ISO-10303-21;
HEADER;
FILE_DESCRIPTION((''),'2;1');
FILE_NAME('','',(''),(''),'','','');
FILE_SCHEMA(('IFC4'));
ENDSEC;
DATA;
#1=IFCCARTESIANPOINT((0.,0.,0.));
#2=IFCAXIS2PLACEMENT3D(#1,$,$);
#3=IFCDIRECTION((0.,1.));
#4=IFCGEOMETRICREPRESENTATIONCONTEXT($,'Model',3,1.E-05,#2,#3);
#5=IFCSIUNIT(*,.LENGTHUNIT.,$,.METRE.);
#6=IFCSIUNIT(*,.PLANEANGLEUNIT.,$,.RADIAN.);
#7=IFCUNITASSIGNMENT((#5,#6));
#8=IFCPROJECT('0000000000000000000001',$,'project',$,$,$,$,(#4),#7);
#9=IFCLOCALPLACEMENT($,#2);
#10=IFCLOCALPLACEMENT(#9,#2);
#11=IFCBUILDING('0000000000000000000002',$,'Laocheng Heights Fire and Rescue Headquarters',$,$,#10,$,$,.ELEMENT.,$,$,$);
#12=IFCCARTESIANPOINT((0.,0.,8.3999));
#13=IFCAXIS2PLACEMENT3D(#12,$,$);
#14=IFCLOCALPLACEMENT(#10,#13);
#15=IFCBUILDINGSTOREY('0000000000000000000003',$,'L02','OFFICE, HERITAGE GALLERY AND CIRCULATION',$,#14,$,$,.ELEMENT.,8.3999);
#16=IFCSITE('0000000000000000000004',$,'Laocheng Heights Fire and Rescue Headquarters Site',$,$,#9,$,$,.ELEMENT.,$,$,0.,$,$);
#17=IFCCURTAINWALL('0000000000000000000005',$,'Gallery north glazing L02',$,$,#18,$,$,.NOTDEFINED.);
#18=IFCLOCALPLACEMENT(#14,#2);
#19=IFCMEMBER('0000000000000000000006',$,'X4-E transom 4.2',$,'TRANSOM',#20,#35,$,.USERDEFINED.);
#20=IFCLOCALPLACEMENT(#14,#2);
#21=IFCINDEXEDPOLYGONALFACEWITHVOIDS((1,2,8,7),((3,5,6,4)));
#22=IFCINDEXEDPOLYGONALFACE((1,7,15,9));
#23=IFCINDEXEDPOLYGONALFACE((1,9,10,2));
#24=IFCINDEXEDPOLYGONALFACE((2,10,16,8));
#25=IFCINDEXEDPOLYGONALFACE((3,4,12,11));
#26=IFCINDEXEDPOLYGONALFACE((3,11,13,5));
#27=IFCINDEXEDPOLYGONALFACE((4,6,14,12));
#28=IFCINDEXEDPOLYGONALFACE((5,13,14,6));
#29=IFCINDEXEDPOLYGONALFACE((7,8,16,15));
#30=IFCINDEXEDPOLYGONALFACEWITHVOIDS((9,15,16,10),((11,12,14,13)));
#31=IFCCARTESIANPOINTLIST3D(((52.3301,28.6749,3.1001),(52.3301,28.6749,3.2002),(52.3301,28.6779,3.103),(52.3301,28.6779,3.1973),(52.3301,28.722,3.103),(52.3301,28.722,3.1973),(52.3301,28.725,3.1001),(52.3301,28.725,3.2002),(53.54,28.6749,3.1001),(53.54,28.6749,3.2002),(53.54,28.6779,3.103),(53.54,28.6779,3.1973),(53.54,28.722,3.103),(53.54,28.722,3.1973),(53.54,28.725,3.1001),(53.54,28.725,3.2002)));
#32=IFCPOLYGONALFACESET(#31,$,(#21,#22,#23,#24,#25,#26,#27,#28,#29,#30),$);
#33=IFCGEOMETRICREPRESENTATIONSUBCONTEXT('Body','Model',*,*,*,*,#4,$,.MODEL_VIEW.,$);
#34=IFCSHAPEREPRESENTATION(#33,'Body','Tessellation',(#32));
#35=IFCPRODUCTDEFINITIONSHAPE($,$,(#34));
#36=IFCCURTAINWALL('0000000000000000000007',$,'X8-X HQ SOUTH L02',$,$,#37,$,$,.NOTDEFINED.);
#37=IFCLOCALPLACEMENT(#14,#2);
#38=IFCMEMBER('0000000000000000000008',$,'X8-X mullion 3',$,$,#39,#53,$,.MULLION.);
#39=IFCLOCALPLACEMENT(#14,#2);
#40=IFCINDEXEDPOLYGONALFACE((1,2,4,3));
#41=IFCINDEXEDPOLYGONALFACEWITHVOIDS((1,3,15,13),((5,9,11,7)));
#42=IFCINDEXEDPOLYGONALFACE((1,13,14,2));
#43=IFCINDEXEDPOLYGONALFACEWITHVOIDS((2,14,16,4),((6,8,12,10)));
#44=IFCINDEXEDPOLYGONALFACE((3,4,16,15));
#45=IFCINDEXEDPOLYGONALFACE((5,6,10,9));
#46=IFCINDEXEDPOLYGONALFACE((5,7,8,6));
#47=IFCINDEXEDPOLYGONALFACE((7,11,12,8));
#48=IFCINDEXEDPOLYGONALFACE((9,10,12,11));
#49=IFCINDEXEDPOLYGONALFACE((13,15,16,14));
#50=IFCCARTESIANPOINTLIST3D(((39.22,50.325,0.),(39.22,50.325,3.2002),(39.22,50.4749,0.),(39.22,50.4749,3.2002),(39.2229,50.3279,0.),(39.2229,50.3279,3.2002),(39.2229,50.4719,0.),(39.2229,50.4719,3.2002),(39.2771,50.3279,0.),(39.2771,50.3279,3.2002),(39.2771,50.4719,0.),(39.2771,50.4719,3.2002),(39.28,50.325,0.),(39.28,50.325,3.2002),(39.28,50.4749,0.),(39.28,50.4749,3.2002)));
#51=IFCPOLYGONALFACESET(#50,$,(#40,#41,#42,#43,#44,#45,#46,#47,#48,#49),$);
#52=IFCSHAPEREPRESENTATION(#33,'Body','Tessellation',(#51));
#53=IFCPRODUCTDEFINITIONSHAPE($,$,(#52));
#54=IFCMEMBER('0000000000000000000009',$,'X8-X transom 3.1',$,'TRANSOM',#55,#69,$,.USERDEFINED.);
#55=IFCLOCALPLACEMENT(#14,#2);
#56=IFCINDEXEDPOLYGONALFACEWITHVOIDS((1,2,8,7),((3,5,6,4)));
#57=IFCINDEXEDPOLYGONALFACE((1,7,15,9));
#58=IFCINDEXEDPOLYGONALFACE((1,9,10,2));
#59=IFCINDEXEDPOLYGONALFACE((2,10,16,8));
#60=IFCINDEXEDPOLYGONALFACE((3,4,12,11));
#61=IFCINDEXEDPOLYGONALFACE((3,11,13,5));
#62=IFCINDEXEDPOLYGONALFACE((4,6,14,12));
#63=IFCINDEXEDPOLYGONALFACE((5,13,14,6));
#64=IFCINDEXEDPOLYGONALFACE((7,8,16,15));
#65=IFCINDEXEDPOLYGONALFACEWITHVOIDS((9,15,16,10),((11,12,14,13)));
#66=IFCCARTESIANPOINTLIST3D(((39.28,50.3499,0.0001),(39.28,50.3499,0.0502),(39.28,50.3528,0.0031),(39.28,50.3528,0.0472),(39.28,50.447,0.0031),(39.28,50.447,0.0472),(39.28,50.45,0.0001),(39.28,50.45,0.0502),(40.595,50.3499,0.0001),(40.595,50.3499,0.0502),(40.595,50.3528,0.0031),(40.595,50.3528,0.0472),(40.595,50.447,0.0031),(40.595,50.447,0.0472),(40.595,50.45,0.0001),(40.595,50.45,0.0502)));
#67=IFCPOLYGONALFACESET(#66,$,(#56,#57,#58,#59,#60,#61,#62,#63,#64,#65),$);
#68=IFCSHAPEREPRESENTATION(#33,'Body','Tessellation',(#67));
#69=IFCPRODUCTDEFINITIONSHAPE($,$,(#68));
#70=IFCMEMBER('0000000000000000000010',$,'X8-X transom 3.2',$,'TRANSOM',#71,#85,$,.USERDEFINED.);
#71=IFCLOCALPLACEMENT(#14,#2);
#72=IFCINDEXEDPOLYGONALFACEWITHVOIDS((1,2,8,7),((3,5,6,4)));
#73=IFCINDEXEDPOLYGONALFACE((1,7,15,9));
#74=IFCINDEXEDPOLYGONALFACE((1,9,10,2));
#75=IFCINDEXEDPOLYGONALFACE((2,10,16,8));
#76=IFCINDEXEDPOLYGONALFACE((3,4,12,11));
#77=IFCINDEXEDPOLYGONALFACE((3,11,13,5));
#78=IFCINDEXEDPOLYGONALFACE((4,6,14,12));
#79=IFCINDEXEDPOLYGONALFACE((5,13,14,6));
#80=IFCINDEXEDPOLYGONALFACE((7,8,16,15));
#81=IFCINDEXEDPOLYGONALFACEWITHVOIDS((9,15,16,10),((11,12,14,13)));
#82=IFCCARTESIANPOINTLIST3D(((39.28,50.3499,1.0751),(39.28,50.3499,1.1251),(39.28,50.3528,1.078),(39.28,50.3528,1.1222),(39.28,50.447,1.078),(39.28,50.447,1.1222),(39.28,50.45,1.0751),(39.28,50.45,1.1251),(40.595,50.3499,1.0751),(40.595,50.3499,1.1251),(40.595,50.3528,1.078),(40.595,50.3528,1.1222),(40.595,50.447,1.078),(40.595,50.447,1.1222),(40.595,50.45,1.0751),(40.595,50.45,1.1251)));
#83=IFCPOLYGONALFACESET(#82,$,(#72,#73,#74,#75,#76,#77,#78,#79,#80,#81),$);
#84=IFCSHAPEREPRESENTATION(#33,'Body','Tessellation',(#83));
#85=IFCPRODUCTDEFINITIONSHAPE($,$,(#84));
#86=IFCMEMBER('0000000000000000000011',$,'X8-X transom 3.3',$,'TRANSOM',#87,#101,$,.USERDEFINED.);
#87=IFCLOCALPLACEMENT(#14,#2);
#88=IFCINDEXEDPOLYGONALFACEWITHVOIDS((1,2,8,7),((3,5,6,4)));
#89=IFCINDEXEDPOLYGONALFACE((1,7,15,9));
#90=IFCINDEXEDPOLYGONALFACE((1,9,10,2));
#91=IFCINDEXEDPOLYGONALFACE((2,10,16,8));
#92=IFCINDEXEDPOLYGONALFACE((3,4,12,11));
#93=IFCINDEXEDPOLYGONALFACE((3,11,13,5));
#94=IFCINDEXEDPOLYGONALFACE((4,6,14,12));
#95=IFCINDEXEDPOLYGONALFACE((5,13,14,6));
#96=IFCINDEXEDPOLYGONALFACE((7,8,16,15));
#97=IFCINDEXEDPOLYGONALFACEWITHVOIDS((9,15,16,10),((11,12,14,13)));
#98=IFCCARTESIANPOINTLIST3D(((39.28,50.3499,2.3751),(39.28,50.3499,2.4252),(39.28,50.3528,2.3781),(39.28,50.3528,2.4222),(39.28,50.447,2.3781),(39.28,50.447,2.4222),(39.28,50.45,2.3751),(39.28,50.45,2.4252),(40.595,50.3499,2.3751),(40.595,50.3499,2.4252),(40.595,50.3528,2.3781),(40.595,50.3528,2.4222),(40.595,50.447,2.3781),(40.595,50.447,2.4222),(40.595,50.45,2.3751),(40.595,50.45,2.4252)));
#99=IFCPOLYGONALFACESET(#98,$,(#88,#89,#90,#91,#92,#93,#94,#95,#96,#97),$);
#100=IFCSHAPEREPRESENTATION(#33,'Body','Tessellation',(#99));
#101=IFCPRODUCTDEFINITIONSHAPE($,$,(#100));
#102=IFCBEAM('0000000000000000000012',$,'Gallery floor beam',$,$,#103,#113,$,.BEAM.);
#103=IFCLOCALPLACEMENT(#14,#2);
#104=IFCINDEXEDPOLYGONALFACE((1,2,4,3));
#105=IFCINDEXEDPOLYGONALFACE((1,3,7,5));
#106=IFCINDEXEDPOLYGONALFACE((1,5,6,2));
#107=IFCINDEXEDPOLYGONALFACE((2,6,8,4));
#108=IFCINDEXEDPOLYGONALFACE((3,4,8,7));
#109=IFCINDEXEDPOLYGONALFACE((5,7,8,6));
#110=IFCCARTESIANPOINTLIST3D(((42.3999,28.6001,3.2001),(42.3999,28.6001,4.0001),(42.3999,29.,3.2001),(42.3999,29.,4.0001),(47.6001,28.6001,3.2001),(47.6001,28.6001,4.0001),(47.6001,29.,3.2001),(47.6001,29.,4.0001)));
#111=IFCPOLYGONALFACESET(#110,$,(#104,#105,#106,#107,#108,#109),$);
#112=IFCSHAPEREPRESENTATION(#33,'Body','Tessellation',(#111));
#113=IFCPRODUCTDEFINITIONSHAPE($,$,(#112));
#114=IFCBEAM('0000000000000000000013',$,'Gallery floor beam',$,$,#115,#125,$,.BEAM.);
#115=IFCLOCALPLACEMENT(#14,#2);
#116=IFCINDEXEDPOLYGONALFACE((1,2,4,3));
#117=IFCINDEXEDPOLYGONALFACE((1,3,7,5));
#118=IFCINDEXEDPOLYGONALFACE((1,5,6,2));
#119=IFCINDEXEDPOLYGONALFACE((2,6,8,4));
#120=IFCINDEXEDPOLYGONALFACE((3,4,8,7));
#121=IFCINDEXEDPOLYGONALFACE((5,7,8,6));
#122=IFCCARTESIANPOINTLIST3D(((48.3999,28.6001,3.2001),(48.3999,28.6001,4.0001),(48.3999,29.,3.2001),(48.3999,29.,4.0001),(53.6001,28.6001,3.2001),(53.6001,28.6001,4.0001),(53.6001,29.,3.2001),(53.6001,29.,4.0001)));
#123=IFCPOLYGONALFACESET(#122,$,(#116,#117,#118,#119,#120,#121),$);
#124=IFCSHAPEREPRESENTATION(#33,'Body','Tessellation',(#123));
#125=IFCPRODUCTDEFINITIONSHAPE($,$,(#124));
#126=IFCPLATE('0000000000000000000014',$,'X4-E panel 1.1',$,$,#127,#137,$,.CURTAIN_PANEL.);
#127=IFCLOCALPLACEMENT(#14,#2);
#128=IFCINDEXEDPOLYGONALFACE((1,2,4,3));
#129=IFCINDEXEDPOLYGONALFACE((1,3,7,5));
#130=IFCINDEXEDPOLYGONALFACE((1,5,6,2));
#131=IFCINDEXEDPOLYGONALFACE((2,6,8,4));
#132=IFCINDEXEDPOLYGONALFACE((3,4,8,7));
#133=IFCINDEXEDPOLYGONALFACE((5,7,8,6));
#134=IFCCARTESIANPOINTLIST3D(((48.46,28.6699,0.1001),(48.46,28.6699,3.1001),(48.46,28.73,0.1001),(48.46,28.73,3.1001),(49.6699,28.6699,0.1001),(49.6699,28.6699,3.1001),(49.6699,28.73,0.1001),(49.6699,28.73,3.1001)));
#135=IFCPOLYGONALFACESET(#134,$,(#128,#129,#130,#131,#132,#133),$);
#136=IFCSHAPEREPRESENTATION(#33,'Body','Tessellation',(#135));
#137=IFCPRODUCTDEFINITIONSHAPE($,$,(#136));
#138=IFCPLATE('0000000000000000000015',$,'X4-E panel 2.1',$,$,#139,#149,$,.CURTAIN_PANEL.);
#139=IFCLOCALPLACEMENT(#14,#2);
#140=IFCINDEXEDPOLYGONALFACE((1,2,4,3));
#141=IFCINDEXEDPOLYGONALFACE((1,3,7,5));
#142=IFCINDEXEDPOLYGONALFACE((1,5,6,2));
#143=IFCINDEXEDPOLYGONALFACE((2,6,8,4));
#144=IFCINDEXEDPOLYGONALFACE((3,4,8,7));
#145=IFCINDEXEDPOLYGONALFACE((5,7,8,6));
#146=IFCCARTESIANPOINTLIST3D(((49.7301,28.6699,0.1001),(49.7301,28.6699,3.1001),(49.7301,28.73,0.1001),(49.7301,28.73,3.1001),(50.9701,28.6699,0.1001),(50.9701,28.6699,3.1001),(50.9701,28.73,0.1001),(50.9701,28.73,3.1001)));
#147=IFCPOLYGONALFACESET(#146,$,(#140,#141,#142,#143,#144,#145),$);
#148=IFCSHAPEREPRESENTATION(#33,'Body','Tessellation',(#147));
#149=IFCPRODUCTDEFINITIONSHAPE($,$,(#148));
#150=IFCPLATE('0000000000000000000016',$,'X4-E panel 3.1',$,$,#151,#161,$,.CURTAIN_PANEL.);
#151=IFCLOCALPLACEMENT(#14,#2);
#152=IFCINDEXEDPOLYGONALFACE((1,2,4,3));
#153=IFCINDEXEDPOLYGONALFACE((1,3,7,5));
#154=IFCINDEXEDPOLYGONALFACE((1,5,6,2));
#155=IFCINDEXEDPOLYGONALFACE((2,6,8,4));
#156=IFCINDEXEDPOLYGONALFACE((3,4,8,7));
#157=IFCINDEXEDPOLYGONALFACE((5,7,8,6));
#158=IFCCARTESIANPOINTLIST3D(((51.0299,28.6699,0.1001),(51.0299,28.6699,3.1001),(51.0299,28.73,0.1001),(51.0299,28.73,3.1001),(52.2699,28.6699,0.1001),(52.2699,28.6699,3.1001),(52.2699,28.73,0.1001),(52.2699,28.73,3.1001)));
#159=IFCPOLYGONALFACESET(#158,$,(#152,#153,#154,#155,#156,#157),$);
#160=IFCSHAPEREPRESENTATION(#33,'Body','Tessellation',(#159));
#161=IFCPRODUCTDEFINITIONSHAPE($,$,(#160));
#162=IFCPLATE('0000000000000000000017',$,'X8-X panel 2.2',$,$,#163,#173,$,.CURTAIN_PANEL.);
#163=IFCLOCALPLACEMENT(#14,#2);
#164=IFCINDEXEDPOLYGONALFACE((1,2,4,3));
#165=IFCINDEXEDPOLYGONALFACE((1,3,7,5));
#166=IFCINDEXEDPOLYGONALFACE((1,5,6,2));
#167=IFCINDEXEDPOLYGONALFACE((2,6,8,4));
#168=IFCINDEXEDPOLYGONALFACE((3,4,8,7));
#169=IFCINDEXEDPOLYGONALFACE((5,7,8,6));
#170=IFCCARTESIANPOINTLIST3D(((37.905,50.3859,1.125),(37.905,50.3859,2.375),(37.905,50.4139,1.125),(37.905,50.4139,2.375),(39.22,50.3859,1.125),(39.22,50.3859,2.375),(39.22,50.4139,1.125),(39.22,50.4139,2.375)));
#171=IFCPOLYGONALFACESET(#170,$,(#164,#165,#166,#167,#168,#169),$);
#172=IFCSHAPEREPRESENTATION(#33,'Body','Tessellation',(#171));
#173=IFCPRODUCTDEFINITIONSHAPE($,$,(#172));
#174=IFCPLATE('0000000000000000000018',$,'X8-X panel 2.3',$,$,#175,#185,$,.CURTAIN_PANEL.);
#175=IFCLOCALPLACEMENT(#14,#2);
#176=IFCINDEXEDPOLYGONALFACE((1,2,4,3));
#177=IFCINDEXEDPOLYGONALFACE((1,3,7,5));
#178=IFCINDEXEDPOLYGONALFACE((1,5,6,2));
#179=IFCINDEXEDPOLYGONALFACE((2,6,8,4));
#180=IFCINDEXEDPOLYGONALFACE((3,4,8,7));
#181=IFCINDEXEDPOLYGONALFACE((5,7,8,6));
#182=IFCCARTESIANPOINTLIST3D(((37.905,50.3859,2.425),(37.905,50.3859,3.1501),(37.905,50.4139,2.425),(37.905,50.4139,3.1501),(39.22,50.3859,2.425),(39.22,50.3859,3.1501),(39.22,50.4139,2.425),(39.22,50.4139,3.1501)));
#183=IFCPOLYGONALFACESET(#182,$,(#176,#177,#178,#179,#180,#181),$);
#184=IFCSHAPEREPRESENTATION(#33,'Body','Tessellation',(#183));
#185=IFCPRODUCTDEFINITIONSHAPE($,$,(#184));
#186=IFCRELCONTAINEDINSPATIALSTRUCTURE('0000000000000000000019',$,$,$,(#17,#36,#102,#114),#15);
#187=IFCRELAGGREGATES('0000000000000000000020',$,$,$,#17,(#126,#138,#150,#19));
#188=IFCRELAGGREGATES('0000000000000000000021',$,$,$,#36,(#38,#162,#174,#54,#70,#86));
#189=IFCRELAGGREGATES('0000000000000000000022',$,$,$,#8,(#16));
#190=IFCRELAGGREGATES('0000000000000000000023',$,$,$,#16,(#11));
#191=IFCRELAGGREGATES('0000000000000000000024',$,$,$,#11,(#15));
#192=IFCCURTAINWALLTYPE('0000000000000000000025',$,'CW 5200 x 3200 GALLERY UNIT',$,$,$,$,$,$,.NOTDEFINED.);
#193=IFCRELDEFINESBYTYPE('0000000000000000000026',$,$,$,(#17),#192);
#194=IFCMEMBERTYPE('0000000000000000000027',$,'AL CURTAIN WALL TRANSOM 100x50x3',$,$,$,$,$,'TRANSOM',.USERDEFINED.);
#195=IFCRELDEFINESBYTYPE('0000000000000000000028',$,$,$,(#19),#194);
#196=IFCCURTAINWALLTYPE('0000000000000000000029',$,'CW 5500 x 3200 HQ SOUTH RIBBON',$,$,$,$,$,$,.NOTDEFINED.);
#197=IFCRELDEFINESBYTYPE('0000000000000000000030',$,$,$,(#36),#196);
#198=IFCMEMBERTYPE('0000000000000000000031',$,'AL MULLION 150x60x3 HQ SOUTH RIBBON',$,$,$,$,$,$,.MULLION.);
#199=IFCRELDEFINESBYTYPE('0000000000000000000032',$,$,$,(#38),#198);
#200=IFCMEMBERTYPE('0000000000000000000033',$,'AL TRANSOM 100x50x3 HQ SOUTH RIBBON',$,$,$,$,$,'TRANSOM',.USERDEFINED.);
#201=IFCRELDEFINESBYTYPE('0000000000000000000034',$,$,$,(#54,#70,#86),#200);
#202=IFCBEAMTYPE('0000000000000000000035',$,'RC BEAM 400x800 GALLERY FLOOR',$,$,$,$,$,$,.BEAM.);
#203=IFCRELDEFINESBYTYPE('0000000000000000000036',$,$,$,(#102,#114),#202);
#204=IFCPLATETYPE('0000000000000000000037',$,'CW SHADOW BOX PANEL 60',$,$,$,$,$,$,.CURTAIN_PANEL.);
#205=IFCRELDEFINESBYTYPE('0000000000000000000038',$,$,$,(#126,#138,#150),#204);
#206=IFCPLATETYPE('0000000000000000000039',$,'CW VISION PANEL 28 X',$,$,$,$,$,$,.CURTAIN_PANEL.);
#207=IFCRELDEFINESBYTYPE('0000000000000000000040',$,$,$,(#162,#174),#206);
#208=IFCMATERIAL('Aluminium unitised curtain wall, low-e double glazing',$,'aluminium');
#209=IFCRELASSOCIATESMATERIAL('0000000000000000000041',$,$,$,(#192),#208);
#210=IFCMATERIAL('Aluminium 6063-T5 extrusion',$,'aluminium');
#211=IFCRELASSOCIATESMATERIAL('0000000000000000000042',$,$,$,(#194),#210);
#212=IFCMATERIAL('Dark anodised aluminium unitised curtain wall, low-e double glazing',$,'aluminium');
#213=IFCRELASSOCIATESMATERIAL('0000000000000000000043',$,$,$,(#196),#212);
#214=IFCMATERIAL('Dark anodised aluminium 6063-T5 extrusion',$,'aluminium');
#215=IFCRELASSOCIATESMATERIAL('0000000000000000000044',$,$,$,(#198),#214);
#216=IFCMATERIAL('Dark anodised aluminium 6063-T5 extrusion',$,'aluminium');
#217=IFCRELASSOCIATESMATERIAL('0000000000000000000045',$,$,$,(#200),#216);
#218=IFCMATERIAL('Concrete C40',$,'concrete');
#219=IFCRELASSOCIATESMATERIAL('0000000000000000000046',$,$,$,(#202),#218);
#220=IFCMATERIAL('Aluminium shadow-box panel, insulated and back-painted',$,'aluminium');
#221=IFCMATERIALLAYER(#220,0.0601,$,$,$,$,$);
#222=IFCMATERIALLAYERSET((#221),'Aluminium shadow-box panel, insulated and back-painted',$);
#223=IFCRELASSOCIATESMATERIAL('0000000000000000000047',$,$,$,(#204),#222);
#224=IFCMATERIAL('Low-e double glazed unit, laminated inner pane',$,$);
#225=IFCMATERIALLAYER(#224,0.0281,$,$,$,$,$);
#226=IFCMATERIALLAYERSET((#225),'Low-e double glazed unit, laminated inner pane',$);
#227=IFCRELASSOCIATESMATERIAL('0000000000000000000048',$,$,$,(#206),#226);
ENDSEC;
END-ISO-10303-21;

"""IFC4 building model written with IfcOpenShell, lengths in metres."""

from ifc_helpers import new_model, si_unit, direction, frame, origin, origin_2d, place, context, subcontext, project, spatial, rectangle, hollow_rectangle, extrude, material, layer, layer_set, material_profile, profile_set, type_object, element, aggregate, save


model = new_model("IFC4")

# Units and contexts
model_context = context("Model", 3, precision=1e-05, world=origin(), true_north=direction((0.0, 1.0)))
body_context = subcontext(model_context, "Body", "Model", "MODEL_VIEW")
ifc_project = project(units=[si_unit("LENGTHUNIT", "METRE"), si_unit("PLANEANGLEUNIT", "RADIAN")], contexts=[model_context])

# Site, building, storey
site_placement = place(None, origin())
site = spatial("IfcSite", under=ifc_project, at=site_placement, Name="Laocheng Heights Fire and Rescue Headquarters Site", CompositionType="ELEMENT", RefElevation=0.0)
building_placement = place(site_placement, origin())
building = spatial("IfcBuilding", under=site, at=building_placement, Name="Laocheng Heights Fire and Rescue Headquarters", CompositionType="ELEMENT")
storey_placement = place(building_placement, frame((0.0, 0.0, 8.3999)))
storey = spatial("IfcBuildingStorey", under=building, at=storey_placement, Name="L02", Description="OFFICE, HERITAGE GALLERY AND CIRCULATION", CompositionType="ELEMENT", Elevation=8.3999)

# Curtain walls, members
ifc_material_1 = material(Name="Aluminium unitised curtain wall, low-e double glazing", Category="aluminium")
curtain_wall_type_1 = type_object("IfcCurtainWallType", Name="CW 5200 x 3200 GALLERY UNIT", PredefinedType="NOTDEFINED", material=ifc_material_1)
curtain_wall_1_placement = place(storey_placement, origin())
curtain_wall_1 = element("IfcCurtainWall", 1, at=curtain_wall_1_placement, inside=storey, type_object=curtain_wall_type_1, Name="Gallery north glazing L02", PredefinedType="NOTDEFINED")
ifc_material_2 = material(Name="Aluminium 6063-T5 extrusion", Category="aluminium")
ifc_material_profile_1 = material_profile(ifc_material_2, hollow_rectangle(XDim=0.05, YDim=0.1001, WallThickness=0.0029, at=origin_2d()), Name="AL TRANSOM 100x50x3")
ifc_profile_set_1 = profile_set([ifc_material_profile_1], Name="Aluminium 6063-T5 extrusion")
member_type_1 = type_object("IfcMemberType", Name="AL CURTAIN WALL TRANSOM 100x50x3", ElementType="TRANSOM", PredefinedType="USERDEFINED", material=ifc_profile_set_1)
member_1_placement = place(storey_placement, frame((52.3301, 28.7, 3.1501), z_axis=(1.0, 0.0, 0.0), x_axis=(0.0, 1.0, 0.0)))
member_1 = element("IfcMember", 2, at=member_1_placement, type_object=member_type_1, Name="X4-E transom 4.2", ObjectType="TRANSOM", PredefinedType="USERDEFINED", context=body_context, shape_type="SweptSolid", body=[
    extrude(hollow_rectangle(XDim=0.05, YDim=0.1001, WallThickness=0.0029, at=origin_2d()), origin(), (0.0, 0.0, 1.0), 1.21),
])
ifc_material_3 = material(Name="Dark anodised aluminium unitised curtain wall, low-e double glazing", Category="aluminium")
curtain_wall_type_2 = type_object("IfcCurtainWallType", Name="CW 5500 x 3200 HQ SOUTH RIBBON", PredefinedType="NOTDEFINED", material=ifc_material_3)
curtain_wall_2_placement = place(storey_placement, origin())
curtain_wall_2 = element("IfcCurtainWall", 3, at=curtain_wall_2_placement, inside=storey, type_object=curtain_wall_type_2, Name="X8-X HQ SOUTH L02", PredefinedType="NOTDEFINED")
ifc_material_4 = material(Name="Dark anodised aluminium 6063-T5 extrusion", Category="aluminium")
ifc_material_profile_2 = material_profile(ifc_material_4, hollow_rectangle(XDim=0.1499, YDim=0.0601, WallThickness=0.0029, at=origin_2d()), Name="AL MULLION 150x60x3 HQ SOUTH RIBBON")
ifc_profile_set_2 = profile_set([ifc_material_profile_2], Name="Dark anodised aluminium 6063-T5 extrusion")
member_type_2 = type_object("IfcMemberType", Name="AL MULLION 150x60x3 HQ SOUTH RIBBON", PredefinedType="MULLION", material=ifc_profile_set_2)
member_2_placement = place(storey_placement, frame((39.25, 50.3999, 0.0), z_axis=(0.0, 0.0, 1.0), x_axis=(0.0, 1.0, 0.0)))
member_2 = element("IfcMember", 4, at=member_2_placement, type_object=member_type_2, Name="X8-X mullion 3", PredefinedType="MULLION", context=body_context, shape_type="SweptSolid", body=[
    extrude(hollow_rectangle(XDim=0.1499, YDim=0.0601, WallThickness=0.0029, at=origin_2d()), origin(), (0.0, 0.0, 1.0), 3.2002),
])
ifc_material_5 = material(Name="Dark anodised aluminium 6063-T5 extrusion", Category="aluminium")
ifc_material_profile_3 = material_profile(ifc_material_5, hollow_rectangle(XDim=0.1001, YDim=0.05, WallThickness=0.0029, at=origin_2d()), Name="AL TRANSOM 100x50x3 HQ SOUTH RIBBON")
ifc_profile_set_3 = profile_set([ifc_material_profile_3], Name="Dark anodised aluminium 6063-T5 extrusion")
member_type_3 = type_object("IfcMemberType", Name="AL TRANSOM 100x50x3 HQ SOUTH RIBBON", ElementType="TRANSOM", PredefinedType="USERDEFINED", material=ifc_profile_set_3)
member_3_placement = place(storey_placement, frame((39.28, 50.3999, 0.0251), z_axis=(1.0, 0.0, 0.0), x_axis=(0.0, 1.0, 0.0)))
member_3 = element("IfcMember", 5, at=member_3_placement, type_object=member_type_3, Name="X8-X transom 3.1", ObjectType="TRANSOM", PredefinedType="USERDEFINED", context=body_context, shape_type="SweptSolid", body=[
    extrude(hollow_rectangle(XDim=0.1001, YDim=0.05, WallThickness=0.0029, at=origin_2d()), origin(), (0.0, 0.0, 1.0), 1.3149),
])
member_4_placement = place(storey_placement, frame((39.28, 50.3999, 1.1001), z_axis=(1.0, 0.0, 0.0), x_axis=(0.0, 1.0, 0.0)))
member_4 = element("IfcMember", 6, at=member_4_placement, type_object=member_type_3, Name="X8-X transom 3.2", ObjectType="TRANSOM", PredefinedType="USERDEFINED", context=body_context, shape_type="SweptSolid", body=[
    extrude(hollow_rectangle(XDim=0.1001, YDim=0.05, WallThickness=0.0029, at=origin_2d()), origin(), (0.0, 0.0, 1.0), 1.3149),
])
member_5_placement = place(storey_placement, frame((39.28, 50.3999, 2.4001), z_axis=(1.0, 0.0, 0.0), x_axis=(0.0, 1.0, 0.0)))
member_5 = element("IfcMember", 7, at=member_5_placement, type_object=member_type_3, Name="X8-X transom 3.3", ObjectType="TRANSOM", PredefinedType="USERDEFINED", context=body_context, shape_type="SweptSolid", body=[
    extrude(hollow_rectangle(XDim=0.1001, YDim=0.05, WallThickness=0.0029, at=origin_2d()), origin(), (0.0, 0.0, 1.0), 1.3149),
])

# Beams
ifc_material_6 = material(Name="Concrete C40", Category="concrete")
ifc_material_profile_4 = material_profile(ifc_material_6, rectangle(XDim=0.3999, YDim=0.8, at=origin_2d()), Name="RC BEAM 400x800 GALLERY FLOOR")
ifc_profile_set_4 = profile_set([ifc_material_profile_4], Name="Concrete C40")
beam_type = type_object("IfcBeamType", Name="RC BEAM 400x800 GALLERY FLOOR", PredefinedType="BEAM", material=ifc_profile_set_4)
for number, where, z_axis, x_axis, name in (
    (8, (42.3999, 28.8, 3.6001), (1.0, 0.0, 0.0), (0.0, 1.0, 0.0), "Gallery floor beam"),
    (9, (48.3999, 28.8, 3.6001), (1.0, 0.0, 0.0), (0.0, 1.0, 0.0), "Gallery floor beam"),
):
    element("IfcBeam", number, at=place(storey_placement, frame(where, z_axis=z_axis, x_axis=x_axis)), inside=storey, type_object=beam_type, Name=name, PredefinedType="BEAM", context=body_context, shape_type="SweptSolid", body=[
        extrude(rectangle(XDim=0.3999, YDim=0.8, at=origin_2d()), origin(), (0.0, 0.0, 1.0), 5.2002),
    ])

# Plates
ifc_material_7 = material(Name="Aluminium shadow-box panel, insulated and back-painted", Category="aluminium")
ifc_layer_1 = layer(ifc_material_7, 0.0601)
ifc_layer_set_1 = layer_set([ifc_layer_1], Name="Aluminium shadow-box panel, insulated and back-painted")
plate_type_1 = type_object("IfcPlateType", Name="CW SHADOW BOX PANEL 60", PredefinedType="CURTAIN_PANEL", material=ifc_layer_set_1)
plate_1_placement = place(storey_placement, frame((49.0649, 28.7, 0.1001), z_axis=(0.0, 0.0, 1.0), x_axis=(1.0, 0.0, 0.0)))
plate_1 = element("IfcPlate", 10, at=plate_1_placement, type_object=plate_type_1, Name="X4-E panel 1.1", PredefinedType="CURTAIN_PANEL", context=body_context, shape_type="SweptSolid", body=[
    extrude(rectangle(XDim=1.21, YDim=0.0601, at=origin_2d()), origin(), (0.0, 0.0, 1.0), 3.0),
])
plate_2_placement = place(storey_placement, frame((50.3501, 28.7, 0.1001), z_axis=(0.0, 0.0, 1.0), x_axis=(1.0, 0.0, 0.0)))
plate_2 = element("IfcPlate", 11, at=plate_2_placement, type_object=plate_type_1, Name="X4-E panel 2.1", PredefinedType="CURTAIN_PANEL", context=body_context, shape_type="SweptSolid", body=[
    extrude(rectangle(XDim=1.24, YDim=0.0601, at=origin_2d()), origin(), (0.0, 0.0, 1.0), 3.0),
])
plate_3_placement = place(storey_placement, frame((51.6499, 28.7, 0.1001), z_axis=(0.0, 0.0, 1.0), x_axis=(1.0, 0.0, 0.0)))
plate_3 = element("IfcPlate", 12, at=plate_3_placement, type_object=plate_type_1, Name="X4-E panel 3.1", PredefinedType="CURTAIN_PANEL", context=body_context, shape_type="SweptSolid", body=[
    extrude(rectangle(XDim=1.24, YDim=0.0601, at=origin_2d()), origin(), (0.0, 0.0, 1.0), 3.0),
])
aggregate(curtain_wall_1, [plate_1, plate_2, plate_3, member_1])
ifc_material_8 = material(Name="Low-e double glazed unit, laminated inner pane")
ifc_layer_2 = layer(ifc_material_8, 0.0281)
ifc_layer_set_2 = layer_set([ifc_layer_2], Name="Low-e double glazed unit, laminated inner pane")
plate_type_2 = type_object("IfcPlateType", Name="CW VISION PANEL 28 X", PredefinedType="CURTAIN_PANEL", material=ifc_layer_set_2)
plate_4_placement = place(storey_placement, frame((38.5625, 50.3999, 1.125), z_axis=(0.0, 0.0, 1.0), x_axis=(1.0, 0.0, 0.0)))
plate_4 = element("IfcPlate", 13, at=plate_4_placement, type_object=plate_type_2, Name="X8-X panel 2.2", PredefinedType="CURTAIN_PANEL", context=body_context, shape_type="SweptSolid", body=[
    extrude(rectangle(XDim=1.3149, YDim=0.0281, at=origin_2d()), origin(), (0.0, 0.0, 1.0), 1.25),
])
plate_5_placement = place(storey_placement, frame((38.5625, 50.3999, 2.425), z_axis=(0.0, 0.0, 1.0), x_axis=(1.0, 0.0, 0.0)))
plate_5 = element("IfcPlate", 14, at=plate_5_placement, type_object=plate_type_2, Name="X8-X panel 2.3", PredefinedType="CURTAIN_PANEL", context=body_context, shape_type="SweptSolid", body=[
    extrude(rectangle(XDim=1.3149, YDim=0.0281, at=origin_2d()), origin(), (0.0, 0.0, 1.0), 0.7251),
])
aggregate(curtain_wall_2, [member_2, plate_4, plate_5, member_3, member_4, member_5])

save(model, "model.ifc")
